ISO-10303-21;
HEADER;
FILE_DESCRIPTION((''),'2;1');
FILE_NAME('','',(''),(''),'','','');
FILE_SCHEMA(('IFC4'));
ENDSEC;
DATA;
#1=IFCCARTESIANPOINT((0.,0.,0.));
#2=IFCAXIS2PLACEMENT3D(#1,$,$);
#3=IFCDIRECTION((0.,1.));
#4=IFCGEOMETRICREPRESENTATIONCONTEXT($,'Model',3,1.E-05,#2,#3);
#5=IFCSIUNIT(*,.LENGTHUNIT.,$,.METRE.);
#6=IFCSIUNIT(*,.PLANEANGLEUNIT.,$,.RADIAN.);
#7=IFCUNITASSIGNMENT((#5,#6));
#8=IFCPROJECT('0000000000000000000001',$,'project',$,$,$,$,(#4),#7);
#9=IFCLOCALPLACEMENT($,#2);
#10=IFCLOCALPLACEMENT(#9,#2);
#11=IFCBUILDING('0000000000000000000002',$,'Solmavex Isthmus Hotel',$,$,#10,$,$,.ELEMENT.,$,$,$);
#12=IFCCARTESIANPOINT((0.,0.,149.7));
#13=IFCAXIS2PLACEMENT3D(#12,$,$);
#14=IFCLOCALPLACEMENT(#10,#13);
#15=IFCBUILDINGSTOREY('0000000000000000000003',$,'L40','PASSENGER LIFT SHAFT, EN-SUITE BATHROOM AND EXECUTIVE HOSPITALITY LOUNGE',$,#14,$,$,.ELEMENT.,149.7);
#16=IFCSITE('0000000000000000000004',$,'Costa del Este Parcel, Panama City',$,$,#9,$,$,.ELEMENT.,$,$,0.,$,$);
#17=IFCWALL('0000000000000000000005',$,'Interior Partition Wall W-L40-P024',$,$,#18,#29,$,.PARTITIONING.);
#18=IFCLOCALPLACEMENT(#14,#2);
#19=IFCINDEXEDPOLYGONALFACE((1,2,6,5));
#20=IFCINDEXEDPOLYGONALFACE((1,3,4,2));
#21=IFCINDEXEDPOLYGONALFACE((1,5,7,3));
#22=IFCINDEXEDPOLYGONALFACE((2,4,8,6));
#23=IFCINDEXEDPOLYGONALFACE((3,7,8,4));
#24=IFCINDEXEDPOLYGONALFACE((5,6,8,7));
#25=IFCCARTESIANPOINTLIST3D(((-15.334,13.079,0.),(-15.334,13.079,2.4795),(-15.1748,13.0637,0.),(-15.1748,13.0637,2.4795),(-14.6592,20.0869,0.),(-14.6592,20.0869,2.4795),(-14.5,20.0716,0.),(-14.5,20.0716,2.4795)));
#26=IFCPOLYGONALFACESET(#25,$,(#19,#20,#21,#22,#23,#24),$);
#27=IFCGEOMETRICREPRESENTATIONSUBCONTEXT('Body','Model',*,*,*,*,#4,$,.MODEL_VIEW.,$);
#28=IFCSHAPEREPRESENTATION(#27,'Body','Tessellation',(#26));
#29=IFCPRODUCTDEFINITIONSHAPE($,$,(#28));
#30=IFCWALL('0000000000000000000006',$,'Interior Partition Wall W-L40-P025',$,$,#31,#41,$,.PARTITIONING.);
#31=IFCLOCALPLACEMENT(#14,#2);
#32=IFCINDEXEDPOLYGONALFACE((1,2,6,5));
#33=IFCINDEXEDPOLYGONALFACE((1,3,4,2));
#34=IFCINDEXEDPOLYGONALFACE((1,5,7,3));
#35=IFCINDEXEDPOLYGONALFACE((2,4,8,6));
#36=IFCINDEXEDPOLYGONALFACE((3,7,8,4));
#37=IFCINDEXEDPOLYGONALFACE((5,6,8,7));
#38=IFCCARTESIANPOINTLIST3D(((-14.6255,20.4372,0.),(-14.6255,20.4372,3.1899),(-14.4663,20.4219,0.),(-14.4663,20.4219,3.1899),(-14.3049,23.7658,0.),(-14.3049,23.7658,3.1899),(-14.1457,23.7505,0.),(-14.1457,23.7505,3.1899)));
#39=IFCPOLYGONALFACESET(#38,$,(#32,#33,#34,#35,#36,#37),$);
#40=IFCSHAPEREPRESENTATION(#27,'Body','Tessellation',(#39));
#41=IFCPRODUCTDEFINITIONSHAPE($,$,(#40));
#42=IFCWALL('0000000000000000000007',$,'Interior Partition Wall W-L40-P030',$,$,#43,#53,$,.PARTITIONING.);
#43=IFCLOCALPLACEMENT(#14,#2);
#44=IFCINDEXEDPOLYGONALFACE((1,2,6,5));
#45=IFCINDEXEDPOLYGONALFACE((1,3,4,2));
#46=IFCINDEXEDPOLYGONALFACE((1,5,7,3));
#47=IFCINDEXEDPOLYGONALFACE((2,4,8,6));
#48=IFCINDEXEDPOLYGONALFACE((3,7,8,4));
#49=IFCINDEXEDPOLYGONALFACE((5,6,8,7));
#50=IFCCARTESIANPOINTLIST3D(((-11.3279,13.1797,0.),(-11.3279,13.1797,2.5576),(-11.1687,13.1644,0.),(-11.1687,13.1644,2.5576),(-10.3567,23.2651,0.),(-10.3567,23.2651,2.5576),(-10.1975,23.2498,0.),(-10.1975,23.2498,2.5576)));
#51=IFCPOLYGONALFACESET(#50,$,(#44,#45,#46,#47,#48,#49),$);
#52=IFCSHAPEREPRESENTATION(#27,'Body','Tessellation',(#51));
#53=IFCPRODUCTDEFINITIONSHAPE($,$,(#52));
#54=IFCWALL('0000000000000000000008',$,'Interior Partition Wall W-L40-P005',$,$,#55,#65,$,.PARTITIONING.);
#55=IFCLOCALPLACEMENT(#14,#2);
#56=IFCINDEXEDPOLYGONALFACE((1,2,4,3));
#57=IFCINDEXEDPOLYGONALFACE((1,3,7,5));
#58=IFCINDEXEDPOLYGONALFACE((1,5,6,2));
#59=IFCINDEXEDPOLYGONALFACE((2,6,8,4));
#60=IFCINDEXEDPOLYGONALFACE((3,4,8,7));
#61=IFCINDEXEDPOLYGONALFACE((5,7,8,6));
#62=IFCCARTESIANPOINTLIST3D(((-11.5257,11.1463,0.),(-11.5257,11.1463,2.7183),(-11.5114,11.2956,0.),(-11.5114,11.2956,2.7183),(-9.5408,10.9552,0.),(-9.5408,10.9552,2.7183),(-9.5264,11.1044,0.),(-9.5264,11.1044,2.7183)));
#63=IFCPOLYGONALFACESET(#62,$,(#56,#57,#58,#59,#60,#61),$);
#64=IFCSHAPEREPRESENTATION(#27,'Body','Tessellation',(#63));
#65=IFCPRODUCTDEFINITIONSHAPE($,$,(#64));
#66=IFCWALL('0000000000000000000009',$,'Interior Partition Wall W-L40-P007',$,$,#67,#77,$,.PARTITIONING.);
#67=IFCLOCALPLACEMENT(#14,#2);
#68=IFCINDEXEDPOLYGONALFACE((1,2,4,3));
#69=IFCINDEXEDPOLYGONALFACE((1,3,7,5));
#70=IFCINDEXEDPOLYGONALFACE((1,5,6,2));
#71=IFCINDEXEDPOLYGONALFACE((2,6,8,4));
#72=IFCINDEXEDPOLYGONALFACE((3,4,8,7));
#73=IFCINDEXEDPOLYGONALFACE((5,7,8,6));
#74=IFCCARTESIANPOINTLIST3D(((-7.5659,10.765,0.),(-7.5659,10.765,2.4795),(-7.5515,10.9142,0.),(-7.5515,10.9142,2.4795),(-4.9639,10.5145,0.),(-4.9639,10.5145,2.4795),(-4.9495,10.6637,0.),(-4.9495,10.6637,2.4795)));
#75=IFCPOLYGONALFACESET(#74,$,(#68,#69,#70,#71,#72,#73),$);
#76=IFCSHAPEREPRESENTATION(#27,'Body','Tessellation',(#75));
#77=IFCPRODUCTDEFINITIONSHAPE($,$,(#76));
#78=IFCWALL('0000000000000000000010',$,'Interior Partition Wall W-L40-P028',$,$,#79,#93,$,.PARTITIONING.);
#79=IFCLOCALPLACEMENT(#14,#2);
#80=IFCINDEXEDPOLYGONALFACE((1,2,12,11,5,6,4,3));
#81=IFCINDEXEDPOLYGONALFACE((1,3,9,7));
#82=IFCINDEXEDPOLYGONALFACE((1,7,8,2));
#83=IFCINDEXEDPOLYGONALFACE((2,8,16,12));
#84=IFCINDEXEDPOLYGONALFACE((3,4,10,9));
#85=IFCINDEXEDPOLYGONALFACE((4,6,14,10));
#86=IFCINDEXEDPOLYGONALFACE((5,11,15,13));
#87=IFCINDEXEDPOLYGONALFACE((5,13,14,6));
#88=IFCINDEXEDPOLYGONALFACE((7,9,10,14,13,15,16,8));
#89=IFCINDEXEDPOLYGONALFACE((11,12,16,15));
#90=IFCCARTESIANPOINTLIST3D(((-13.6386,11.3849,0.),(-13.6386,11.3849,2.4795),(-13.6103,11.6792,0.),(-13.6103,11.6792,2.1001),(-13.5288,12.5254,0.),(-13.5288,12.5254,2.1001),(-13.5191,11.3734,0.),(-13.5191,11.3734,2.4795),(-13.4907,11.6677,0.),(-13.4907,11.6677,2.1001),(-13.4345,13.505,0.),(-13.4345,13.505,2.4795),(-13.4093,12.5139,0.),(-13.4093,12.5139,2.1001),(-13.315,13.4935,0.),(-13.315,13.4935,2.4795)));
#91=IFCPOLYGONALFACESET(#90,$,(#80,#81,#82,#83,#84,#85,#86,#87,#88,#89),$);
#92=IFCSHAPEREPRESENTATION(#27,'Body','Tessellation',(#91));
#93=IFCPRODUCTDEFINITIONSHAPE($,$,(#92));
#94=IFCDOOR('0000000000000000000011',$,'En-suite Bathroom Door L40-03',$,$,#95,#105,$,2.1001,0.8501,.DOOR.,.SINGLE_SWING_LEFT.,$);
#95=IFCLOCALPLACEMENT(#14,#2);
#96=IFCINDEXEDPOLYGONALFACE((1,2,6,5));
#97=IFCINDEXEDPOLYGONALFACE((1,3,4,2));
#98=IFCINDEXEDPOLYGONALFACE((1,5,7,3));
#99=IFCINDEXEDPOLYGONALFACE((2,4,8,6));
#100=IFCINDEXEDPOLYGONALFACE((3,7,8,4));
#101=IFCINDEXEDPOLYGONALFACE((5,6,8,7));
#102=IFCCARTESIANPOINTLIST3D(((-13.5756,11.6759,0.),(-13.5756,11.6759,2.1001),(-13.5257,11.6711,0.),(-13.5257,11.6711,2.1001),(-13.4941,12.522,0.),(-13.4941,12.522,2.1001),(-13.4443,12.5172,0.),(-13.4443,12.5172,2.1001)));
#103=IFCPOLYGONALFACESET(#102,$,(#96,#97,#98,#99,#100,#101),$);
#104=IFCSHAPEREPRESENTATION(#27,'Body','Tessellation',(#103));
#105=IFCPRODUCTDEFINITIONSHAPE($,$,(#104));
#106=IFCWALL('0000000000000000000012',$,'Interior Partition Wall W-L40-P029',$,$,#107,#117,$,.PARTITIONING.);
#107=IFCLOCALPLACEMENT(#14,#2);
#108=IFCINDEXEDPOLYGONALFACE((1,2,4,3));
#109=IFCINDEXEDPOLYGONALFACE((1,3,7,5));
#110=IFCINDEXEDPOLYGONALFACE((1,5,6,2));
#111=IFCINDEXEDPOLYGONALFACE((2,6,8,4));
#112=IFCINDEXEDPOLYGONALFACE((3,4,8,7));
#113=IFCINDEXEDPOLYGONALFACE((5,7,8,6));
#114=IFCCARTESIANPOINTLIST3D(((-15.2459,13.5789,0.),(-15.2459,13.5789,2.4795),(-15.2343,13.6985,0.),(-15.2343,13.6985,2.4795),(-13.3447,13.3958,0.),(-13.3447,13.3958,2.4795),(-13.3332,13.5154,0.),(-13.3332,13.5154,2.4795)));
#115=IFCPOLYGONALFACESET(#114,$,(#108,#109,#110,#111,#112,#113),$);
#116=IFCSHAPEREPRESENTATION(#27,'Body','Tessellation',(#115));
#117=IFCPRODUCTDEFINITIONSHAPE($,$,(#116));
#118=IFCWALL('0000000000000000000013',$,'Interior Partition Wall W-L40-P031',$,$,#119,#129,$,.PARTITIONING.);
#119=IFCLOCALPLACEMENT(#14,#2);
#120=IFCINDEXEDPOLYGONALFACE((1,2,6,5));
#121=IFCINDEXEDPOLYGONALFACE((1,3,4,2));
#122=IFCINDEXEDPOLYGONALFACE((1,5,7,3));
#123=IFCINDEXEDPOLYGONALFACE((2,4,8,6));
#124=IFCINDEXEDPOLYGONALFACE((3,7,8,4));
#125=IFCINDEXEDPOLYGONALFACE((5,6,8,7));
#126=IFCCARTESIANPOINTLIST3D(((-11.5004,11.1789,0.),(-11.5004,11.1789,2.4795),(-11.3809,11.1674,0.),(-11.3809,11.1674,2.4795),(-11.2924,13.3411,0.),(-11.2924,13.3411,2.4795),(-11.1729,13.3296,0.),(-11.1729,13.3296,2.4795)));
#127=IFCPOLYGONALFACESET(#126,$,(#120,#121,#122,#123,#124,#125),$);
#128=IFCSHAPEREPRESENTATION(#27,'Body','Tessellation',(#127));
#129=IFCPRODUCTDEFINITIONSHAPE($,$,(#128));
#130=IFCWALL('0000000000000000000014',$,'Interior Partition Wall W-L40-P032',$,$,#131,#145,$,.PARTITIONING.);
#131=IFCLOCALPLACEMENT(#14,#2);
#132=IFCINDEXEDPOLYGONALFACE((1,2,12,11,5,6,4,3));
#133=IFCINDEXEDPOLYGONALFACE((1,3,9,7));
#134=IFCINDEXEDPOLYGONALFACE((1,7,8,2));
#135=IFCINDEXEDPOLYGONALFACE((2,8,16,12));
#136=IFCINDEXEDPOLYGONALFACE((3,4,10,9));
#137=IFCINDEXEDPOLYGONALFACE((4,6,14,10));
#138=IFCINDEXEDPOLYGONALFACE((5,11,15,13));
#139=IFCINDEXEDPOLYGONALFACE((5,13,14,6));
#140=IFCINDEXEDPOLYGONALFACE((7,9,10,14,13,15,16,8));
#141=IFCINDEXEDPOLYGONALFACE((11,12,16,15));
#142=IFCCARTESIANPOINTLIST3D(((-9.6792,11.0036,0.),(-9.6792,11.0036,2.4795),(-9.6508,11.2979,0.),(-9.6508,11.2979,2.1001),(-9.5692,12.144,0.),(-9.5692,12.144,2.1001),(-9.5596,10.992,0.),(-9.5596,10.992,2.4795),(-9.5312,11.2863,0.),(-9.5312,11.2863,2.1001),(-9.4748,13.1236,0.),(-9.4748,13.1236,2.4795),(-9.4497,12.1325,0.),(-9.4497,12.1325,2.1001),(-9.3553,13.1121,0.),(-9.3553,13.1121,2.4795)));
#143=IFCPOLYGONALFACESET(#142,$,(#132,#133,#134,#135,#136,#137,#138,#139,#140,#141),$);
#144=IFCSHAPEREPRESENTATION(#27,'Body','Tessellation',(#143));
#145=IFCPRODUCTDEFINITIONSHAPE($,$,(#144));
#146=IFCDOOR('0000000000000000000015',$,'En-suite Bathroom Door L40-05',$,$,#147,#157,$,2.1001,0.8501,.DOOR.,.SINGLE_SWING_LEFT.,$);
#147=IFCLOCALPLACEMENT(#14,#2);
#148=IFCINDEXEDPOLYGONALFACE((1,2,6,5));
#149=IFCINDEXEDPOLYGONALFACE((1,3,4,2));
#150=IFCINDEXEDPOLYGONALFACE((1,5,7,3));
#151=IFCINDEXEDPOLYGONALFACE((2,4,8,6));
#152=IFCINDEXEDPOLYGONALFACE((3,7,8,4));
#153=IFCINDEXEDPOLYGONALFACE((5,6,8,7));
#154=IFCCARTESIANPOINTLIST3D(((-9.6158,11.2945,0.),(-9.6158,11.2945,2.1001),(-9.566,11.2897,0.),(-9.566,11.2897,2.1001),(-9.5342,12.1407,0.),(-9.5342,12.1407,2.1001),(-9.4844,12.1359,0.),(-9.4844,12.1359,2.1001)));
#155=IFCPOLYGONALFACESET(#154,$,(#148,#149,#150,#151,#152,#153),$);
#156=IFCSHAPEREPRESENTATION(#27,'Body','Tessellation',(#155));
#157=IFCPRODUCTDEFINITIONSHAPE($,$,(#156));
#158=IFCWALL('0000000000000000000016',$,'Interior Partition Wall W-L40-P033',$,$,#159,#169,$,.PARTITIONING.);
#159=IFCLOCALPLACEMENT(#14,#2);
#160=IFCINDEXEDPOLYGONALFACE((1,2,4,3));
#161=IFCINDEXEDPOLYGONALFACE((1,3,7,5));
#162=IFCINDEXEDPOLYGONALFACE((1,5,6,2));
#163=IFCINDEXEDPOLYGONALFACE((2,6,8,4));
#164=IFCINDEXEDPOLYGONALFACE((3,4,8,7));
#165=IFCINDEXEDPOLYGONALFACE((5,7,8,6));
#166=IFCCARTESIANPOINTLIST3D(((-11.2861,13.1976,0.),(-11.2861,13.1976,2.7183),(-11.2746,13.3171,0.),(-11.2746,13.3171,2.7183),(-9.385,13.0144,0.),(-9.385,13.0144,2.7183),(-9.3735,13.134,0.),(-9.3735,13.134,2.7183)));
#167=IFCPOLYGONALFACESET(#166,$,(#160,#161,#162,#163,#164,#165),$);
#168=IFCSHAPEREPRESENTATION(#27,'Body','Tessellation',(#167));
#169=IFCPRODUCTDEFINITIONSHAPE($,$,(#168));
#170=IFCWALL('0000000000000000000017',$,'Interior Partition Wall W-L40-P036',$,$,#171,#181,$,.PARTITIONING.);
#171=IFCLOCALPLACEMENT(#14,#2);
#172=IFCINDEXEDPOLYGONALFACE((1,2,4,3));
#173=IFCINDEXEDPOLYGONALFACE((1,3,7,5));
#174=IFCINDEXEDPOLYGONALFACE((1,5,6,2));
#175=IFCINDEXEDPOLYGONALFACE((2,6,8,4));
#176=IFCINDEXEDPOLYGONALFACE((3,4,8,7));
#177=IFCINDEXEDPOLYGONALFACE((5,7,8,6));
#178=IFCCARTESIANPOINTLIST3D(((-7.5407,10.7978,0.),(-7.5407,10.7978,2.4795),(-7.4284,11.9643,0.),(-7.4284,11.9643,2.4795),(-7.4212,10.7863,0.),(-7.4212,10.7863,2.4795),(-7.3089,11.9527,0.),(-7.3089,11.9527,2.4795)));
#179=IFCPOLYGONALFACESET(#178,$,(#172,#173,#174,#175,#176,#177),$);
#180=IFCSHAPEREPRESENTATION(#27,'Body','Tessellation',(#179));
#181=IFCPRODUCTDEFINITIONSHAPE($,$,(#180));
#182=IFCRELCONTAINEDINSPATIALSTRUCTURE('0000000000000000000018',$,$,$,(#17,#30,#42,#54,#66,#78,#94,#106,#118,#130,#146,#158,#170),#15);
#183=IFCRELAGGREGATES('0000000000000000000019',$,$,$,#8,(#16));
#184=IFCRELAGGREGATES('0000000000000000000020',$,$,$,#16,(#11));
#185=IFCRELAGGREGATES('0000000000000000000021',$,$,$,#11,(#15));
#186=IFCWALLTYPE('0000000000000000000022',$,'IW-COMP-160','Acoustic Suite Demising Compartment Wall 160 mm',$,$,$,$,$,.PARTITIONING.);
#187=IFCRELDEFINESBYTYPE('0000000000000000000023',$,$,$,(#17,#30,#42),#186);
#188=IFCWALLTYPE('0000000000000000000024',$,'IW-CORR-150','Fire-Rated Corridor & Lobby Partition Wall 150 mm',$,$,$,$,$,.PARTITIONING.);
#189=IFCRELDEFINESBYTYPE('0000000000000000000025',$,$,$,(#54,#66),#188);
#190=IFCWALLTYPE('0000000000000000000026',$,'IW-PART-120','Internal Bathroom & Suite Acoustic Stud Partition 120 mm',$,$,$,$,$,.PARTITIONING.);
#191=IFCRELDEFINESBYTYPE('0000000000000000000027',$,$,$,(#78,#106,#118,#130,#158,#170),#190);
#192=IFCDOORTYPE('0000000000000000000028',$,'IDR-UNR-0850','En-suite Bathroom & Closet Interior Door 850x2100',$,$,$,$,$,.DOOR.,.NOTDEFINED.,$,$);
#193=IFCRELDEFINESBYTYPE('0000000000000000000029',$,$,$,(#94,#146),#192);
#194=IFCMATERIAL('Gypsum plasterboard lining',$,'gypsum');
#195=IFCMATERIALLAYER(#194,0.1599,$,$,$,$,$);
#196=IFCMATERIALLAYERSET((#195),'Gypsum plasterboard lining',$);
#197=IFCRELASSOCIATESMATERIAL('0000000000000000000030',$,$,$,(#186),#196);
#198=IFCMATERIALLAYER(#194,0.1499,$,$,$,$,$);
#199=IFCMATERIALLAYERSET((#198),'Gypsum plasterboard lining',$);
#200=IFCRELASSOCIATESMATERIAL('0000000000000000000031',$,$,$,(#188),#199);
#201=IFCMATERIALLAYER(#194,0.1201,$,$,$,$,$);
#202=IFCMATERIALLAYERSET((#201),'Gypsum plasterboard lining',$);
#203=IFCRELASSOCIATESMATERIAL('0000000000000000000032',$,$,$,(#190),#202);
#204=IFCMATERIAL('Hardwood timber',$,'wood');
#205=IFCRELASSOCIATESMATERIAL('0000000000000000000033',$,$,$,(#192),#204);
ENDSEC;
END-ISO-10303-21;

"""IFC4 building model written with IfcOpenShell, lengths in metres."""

from ifc_helpers import new_model, si_unit, direction, frame, frame_2d, origin, place, context, subcontext, project, spatial, rectangle, extrude, material, layer, layer_set, type_object, element, fill, save


model = new_model("IFC4")

# Units and contexts
model_context = context("Model", 3, precision=1e-05, world=origin(), true_north=direction((0.0, 1.0)))
body_context = subcontext(model_context, "Body", "Model", "MODEL_VIEW")
ifc_project = project(units=[si_unit("LENGTHUNIT", "METRE"), si_unit("PLANEANGLEUNIT", "RADIAN")], contexts=[model_context])

# Site, building, storey
site_placement = place(None, origin())
site = spatial("IfcSite", under=ifc_project, at=site_placement, Name="Costa del Este Parcel, Panama City", CompositionType="ELEMENT", RefElevation=0.0)
building_placement = place(site_placement, origin())
building = spatial("IfcBuilding", under=site, at=building_placement, Name="Solmavex Isthmus Hotel", CompositionType="ELEMENT")
storey_placement = place(building_placement, frame((0.0, 0.0, 149.7)))
storey = spatial("IfcBuildingStorey", under=building, at=storey_placement, Name="L40", Description="PASSENGER LIFT SHAFT, EN-SUITE BATHROOM AND EXECUTIVE HOSPITALITY LOUNGE", CompositionType="ELEMENT", Elevation=149.7)

# Walls
ifc_material_1 = material(Name="Gypsum plasterboard lining", Category="gypsum")
ifc_layer_1 = layer(ifc_material_1, 0.1599)
ifc_layer_set_1 = layer_set([ifc_layer_1], Name="Gypsum plasterboard lining")
wall_type_1 = type_object("IfcWallType", Name="IW-COMP-160", Description="Acoustic Suite Demising Compartment Wall 160 mm", PredefinedType="PARTITIONING", material=ifc_layer_set_1)
wall_1_placement = place(storey_placement, frame((-14.5796, 20.0791, 0.0), z_axis=(0.0, 0.0, 1.0), x_axis=(-0.09585, -0.995396, 0.0)))
element("IfcWall", 1, at=wall_1_placement, inside=storey, type_object=wall_type_1, Name="Interior Partition Wall W-L40-P024", PredefinedType="PARTITIONING", context=body_context, shape_type="SweptSolid", body=[
    extrude(rectangle(XDim=7.0403, YDim=0.1599, at=frame_2d((3.52, 0.0))), origin(), (0.0, 0.0, 1.0), 2.4795),
])
wall_2_placement = place(storey_placement, frame((-14.2253, 23.7581, 0.0), z_axis=(0.0, 0.0, 1.0), x_axis=(-0.09586, -0.995395, 0.0)))
element("IfcWall", 2, at=wall_2_placement, inside=storey, type_object=wall_type_1, Name="Interior Partition Wall W-L40-P025", PredefinedType="PARTITIONING", context=body_context, shape_type="SweptSolid", body=[
    extrude(rectangle(XDim=3.344, YDim=0.1599, at=frame_2d((1.6719, 0.0))), origin(), (0.0, 0.0, 1.0), 3.1899),
])
wall_3_placement = place(storey_placement, frame((-10.2771, 23.2573, 0.0), z_axis=(0.0, 0.0, 1.0), x_axis=(-0.095853, -0.995396, 0.0)))
element("IfcWall", 3, at=wall_3_placement, inside=storey, type_object=wall_type_1, Name="Interior Partition Wall W-L40-P030", PredefinedType="PARTITIONING", context=body_context, shape_type="SweptSolid", body=[
    extrude(rectangle(XDim=10.1321, YDim=0.1599, at=frame_2d((5.0659, 0.0))), origin(), (0.0, 0.0, 1.0), 2.5576),
])

# Shared definitions
ifc_layer_2 = layer(ifc_material_1, 0.1499)
ifc_layer_set_2 = layer_set([ifc_layer_2], Name="Gypsum plasterboard lining")
wall_type_2 = type_object("IfcWallType", Name="IW-CORR-150", Description="Fire-Rated Corridor & Lobby Partition Wall 150 mm", PredefinedType="PARTITIONING", material=ifc_layer_set_2)
ifc_material_2 = material(Name="Hardwood timber", Category="wood")

# Walls
wall_4_placement = place(storey_placement, frame((-11.5186, 11.2209, 0.0), z_axis=(0.0, 0.0, 1.0), x_axis=(0.995394, -0.095866, 0.0)))
element("IfcWall", 4, at=wall_4_placement, inside=storey, type_object=wall_type_2, Name="Interior Partition Wall W-L40-P005", PredefinedType="PARTITIONING", context=body_context, shape_type="SweptSolid", body=[
    extrude(rectangle(XDim=1.9941, YDim=0.1499, at=frame_2d((0.9971, 0.0))), origin(), (0.0, 0.0, 1.0), 2.7183),
])
wall_5_placement = place(storey_placement, frame((-7.5588, 10.8396, 0.0), z_axis=(0.0, 0.0, 1.0), x_axis=(0.995398, -0.095823, 0.0)))
element("IfcWall", 5, at=wall_5_placement, inside=storey, type_object=wall_type_2, Name="Interior Partition Wall W-L40-P007", PredefinedType="PARTITIONING", context=body_context, shape_type="SweptSolid", body=[
    extrude(rectangle(XDim=2.614, YDim=0.1499, at=frame_2d((1.3071, 0.0))), origin(), (0.0, 0.0, 1.0), 2.4795),
])

# Wall, opening, door
ifc_layer_3 = layer(ifc_material_1, 0.1201)
ifc_layer_set_3 = layer_set([ifc_layer_3], Name="Gypsum plasterboard lining")
wall_type_3 = type_object("IfcWallType", Name="IW-PART-120", Description="Internal Bathroom & Suite Acoustic Stud Partition 120 mm", PredefinedType="PARTITIONING", material=ifc_layer_set_3)
wall_6_placement = place(storey_placement, frame((-13.5789, 11.3792, 0.0), z_axis=(0.0, 0.0, 1.0), x_axis=(0.095826, 0.995398, 0.0)))
wall_6 = element("IfcWall", 6, at=wall_6_placement, inside=storey, type_object=wall_type_3, Name="Interior Partition Wall W-L40-P028", PredefinedType="PARTITIONING", context=body_context, shape_type="SweptSolid", body=[
    extrude(rectangle(XDim=2.1299, YDim=0.1201, at=frame_2d((1.0649, 0.0))), origin(), (0.0, 0.0, 1.0), 2.4795),
])
opening_1_placement = place(wall_6_placement, frame((0.2957, 0.0, 0.0)))
opening_1 = element("IfcOpeningElement", 7, at=opening_1_placement, cuts=wall_6, PredefinedType="OPENING", context=body_context, shape_type="SweptSolid", body=[
    extrude(rectangle(XDim=0.8501, YDim=2.1001, at=frame_2d((0.425, 1.05))), frame((0.0, 0.0701, 0.0), z_axis=(0.0, -1.0, 0.0), x_axis=(1.0, 0.0, 0.0)), (0.0, 0.0, 1.0), 0.1401),
])
door_type_1 = type_object("IfcDoorType", Name="IDR-UNR-0850", Description="En-suite Bathroom & Closet Interior Door 850x2100", OperationType="NOTDEFINED", PredefinedType="DOOR", material=ifc_material_2)
door_1_placement = place(opening_1_placement, frame((0.8501, 0.0, 0.0), z_axis=(0.0, 0.0, 1.0), x_axis=(-1.0, 0.0, 0.0)))
door_1 = element("IfcDoor", 8, at=door_1_placement, inside=storey, type_object=door_type_1, Name="En-suite Bathroom Door L40-03", OperationType="SINGLE_SWING_LEFT", OverallHeight=2.1001, OverallWidth=0.8501, PredefinedType="DOOR", context=body_context, shape_type="SweptSolid", body=[
    extrude(rectangle(XDim=0.8501, YDim=2.1001, at=frame_2d((0.425, 1.05))), frame((0.0, 0.0249, 0.0), z_axis=(0.0, -1.0, 0.0), x_axis=(1.0, 0.0, 0.0)), (0.0, 0.0, 1.0), 0.05),
])
fill(opening_1, door_1)

# Walls
wall_7_placement = place(storey_placement, frame((-13.3389, 13.4556, 0.0), z_axis=(0.0, 0.0, 1.0), x_axis=(-0.995394, 0.095871, 0.0)))
element("IfcWall", 9, at=wall_7_placement, inside=storey, type_object=wall_type_3, Name="Interior Partition Wall W-L40-P029", PredefinedType="PARTITIONING", context=body_context, shape_type="SweptSolid", body=[
    extrude(rectangle(XDim=1.9099, YDim=0.1201, at=frame_2d((0.9551, 0.0))), origin(), (0.0, 0.0, 1.0), 2.4795),
])
wall_8_placement = place(storey_placement, frame((-11.2327, 13.3352, 0.0), z_axis=(0.0, 0.0, 1.0), x_axis=(-0.095764, -0.995404, 0.0)))
element("IfcWall", 10, at=wall_8_placement, inside=storey, type_object=wall_type_3, Name="Interior Partition Wall W-L40-P031", PredefinedType="PARTITIONING", context=body_context, shape_type="SweptSolid", body=[
    extrude(rectangle(XDim=2.1721, YDim=0.1201, at=frame_2d((1.0859, 0.0))), origin(), (0.0, 0.0, 1.0), 2.4795),
])

# Wall, opening, door
wall_9_placement = place(storey_placement, frame((-9.6194, 10.9978, 0.0), z_axis=(0.0, 0.0, 1.0), x_axis=(0.09594, 0.995387, 0.0)))
wall_9 = element("IfcWall", 11, at=wall_9_placement, inside=storey, type_object=wall_type_3, Name="Interior Partition Wall W-L40-P032", PredefinedType="PARTITIONING", context=body_context, shape_type="SweptSolid", body=[
    extrude(rectangle(XDim=2.1299, YDim=0.1201, at=frame_2d((1.0649, 0.0))), origin(), (0.0, 0.0, 1.0), 2.4795),
])
opening_2_placement = place(wall_9_placement, frame((0.2957, 0.0, 0.0)))
opening_2 = element("IfcOpeningElement", 12, at=opening_2_placement, cuts=wall_9, PredefinedType="OPENING", context=body_context, shape_type="SweptSolid", body=[
    extrude(rectangle(XDim=0.8501, YDim=2.1001, at=frame_2d((0.425, 1.05))), frame((0.0, 0.0701, 0.0), z_axis=(0.0, -1.0, 0.0), x_axis=(1.0, 0.0, 0.0)), (0.0, 0.0, 1.0), 0.1401),
])
door_2_placement = place(opening_2_placement, origin())
door_2 = element("IfcDoor", 13, at=door_2_placement, inside=storey, type_object=door_type_1, Name="En-suite Bathroom Door L40-05", OperationType="SINGLE_SWING_LEFT", OverallHeight=2.1001, OverallWidth=0.8501, PredefinedType="DOOR", context=body_context, shape_type="SweptSolid", body=[
    extrude(rectangle(XDim=0.8501, YDim=2.1001, at=frame_2d((0.425, 1.05))), frame((0.0, 0.0249, 0.0), z_axis=(0.0, -1.0, 0.0), x_axis=(1.0, 0.0, 0.0)), (0.0, 0.0, 1.0), 0.05),
])
fill(opening_2, door_2)

# Walls
wall_10_placement = place(storey_placement, frame((-9.3792, 13.0742, 0.0), z_axis=(0.0, 0.0, 1.0), x_axis=(-0.995394, 0.095871, 0.0)))
element("IfcWall", 14, at=wall_10_placement, inside=storey, type_object=wall_type_3, Name="Interior Partition Wall W-L40-P033", PredefinedType="PARTITIONING", context=body_context, shape_type="SweptSolid", body=[
    extrude(rectangle(XDim=1.9099, YDim=0.1201, at=frame_2d((0.9551, 0.0))), origin(), (0.0, 0.0, 1.0), 2.7183),
])
wall_11_placement = place(storey_placement, frame((-7.3687, 11.9585, 0.0), z_axis=(0.0, 0.0, 1.0), x_axis=(-0.095831, -0.995398, 0.0)))
element("IfcWall", 15, at=wall_11_placement, inside=storey, type_object=wall_type_3, Name="Interior Partition Wall W-L40-P036", PredefinedType="PARTITIONING", context=body_context, shape_type="SweptSolid", body=[
    extrude(rectangle(XDim=1.1719, YDim=0.1201, at=frame_2d((0.5859, 0.0))), origin(), (0.0, 0.0, 1.0), 2.4795),
])

save(model, "model.ifc")
